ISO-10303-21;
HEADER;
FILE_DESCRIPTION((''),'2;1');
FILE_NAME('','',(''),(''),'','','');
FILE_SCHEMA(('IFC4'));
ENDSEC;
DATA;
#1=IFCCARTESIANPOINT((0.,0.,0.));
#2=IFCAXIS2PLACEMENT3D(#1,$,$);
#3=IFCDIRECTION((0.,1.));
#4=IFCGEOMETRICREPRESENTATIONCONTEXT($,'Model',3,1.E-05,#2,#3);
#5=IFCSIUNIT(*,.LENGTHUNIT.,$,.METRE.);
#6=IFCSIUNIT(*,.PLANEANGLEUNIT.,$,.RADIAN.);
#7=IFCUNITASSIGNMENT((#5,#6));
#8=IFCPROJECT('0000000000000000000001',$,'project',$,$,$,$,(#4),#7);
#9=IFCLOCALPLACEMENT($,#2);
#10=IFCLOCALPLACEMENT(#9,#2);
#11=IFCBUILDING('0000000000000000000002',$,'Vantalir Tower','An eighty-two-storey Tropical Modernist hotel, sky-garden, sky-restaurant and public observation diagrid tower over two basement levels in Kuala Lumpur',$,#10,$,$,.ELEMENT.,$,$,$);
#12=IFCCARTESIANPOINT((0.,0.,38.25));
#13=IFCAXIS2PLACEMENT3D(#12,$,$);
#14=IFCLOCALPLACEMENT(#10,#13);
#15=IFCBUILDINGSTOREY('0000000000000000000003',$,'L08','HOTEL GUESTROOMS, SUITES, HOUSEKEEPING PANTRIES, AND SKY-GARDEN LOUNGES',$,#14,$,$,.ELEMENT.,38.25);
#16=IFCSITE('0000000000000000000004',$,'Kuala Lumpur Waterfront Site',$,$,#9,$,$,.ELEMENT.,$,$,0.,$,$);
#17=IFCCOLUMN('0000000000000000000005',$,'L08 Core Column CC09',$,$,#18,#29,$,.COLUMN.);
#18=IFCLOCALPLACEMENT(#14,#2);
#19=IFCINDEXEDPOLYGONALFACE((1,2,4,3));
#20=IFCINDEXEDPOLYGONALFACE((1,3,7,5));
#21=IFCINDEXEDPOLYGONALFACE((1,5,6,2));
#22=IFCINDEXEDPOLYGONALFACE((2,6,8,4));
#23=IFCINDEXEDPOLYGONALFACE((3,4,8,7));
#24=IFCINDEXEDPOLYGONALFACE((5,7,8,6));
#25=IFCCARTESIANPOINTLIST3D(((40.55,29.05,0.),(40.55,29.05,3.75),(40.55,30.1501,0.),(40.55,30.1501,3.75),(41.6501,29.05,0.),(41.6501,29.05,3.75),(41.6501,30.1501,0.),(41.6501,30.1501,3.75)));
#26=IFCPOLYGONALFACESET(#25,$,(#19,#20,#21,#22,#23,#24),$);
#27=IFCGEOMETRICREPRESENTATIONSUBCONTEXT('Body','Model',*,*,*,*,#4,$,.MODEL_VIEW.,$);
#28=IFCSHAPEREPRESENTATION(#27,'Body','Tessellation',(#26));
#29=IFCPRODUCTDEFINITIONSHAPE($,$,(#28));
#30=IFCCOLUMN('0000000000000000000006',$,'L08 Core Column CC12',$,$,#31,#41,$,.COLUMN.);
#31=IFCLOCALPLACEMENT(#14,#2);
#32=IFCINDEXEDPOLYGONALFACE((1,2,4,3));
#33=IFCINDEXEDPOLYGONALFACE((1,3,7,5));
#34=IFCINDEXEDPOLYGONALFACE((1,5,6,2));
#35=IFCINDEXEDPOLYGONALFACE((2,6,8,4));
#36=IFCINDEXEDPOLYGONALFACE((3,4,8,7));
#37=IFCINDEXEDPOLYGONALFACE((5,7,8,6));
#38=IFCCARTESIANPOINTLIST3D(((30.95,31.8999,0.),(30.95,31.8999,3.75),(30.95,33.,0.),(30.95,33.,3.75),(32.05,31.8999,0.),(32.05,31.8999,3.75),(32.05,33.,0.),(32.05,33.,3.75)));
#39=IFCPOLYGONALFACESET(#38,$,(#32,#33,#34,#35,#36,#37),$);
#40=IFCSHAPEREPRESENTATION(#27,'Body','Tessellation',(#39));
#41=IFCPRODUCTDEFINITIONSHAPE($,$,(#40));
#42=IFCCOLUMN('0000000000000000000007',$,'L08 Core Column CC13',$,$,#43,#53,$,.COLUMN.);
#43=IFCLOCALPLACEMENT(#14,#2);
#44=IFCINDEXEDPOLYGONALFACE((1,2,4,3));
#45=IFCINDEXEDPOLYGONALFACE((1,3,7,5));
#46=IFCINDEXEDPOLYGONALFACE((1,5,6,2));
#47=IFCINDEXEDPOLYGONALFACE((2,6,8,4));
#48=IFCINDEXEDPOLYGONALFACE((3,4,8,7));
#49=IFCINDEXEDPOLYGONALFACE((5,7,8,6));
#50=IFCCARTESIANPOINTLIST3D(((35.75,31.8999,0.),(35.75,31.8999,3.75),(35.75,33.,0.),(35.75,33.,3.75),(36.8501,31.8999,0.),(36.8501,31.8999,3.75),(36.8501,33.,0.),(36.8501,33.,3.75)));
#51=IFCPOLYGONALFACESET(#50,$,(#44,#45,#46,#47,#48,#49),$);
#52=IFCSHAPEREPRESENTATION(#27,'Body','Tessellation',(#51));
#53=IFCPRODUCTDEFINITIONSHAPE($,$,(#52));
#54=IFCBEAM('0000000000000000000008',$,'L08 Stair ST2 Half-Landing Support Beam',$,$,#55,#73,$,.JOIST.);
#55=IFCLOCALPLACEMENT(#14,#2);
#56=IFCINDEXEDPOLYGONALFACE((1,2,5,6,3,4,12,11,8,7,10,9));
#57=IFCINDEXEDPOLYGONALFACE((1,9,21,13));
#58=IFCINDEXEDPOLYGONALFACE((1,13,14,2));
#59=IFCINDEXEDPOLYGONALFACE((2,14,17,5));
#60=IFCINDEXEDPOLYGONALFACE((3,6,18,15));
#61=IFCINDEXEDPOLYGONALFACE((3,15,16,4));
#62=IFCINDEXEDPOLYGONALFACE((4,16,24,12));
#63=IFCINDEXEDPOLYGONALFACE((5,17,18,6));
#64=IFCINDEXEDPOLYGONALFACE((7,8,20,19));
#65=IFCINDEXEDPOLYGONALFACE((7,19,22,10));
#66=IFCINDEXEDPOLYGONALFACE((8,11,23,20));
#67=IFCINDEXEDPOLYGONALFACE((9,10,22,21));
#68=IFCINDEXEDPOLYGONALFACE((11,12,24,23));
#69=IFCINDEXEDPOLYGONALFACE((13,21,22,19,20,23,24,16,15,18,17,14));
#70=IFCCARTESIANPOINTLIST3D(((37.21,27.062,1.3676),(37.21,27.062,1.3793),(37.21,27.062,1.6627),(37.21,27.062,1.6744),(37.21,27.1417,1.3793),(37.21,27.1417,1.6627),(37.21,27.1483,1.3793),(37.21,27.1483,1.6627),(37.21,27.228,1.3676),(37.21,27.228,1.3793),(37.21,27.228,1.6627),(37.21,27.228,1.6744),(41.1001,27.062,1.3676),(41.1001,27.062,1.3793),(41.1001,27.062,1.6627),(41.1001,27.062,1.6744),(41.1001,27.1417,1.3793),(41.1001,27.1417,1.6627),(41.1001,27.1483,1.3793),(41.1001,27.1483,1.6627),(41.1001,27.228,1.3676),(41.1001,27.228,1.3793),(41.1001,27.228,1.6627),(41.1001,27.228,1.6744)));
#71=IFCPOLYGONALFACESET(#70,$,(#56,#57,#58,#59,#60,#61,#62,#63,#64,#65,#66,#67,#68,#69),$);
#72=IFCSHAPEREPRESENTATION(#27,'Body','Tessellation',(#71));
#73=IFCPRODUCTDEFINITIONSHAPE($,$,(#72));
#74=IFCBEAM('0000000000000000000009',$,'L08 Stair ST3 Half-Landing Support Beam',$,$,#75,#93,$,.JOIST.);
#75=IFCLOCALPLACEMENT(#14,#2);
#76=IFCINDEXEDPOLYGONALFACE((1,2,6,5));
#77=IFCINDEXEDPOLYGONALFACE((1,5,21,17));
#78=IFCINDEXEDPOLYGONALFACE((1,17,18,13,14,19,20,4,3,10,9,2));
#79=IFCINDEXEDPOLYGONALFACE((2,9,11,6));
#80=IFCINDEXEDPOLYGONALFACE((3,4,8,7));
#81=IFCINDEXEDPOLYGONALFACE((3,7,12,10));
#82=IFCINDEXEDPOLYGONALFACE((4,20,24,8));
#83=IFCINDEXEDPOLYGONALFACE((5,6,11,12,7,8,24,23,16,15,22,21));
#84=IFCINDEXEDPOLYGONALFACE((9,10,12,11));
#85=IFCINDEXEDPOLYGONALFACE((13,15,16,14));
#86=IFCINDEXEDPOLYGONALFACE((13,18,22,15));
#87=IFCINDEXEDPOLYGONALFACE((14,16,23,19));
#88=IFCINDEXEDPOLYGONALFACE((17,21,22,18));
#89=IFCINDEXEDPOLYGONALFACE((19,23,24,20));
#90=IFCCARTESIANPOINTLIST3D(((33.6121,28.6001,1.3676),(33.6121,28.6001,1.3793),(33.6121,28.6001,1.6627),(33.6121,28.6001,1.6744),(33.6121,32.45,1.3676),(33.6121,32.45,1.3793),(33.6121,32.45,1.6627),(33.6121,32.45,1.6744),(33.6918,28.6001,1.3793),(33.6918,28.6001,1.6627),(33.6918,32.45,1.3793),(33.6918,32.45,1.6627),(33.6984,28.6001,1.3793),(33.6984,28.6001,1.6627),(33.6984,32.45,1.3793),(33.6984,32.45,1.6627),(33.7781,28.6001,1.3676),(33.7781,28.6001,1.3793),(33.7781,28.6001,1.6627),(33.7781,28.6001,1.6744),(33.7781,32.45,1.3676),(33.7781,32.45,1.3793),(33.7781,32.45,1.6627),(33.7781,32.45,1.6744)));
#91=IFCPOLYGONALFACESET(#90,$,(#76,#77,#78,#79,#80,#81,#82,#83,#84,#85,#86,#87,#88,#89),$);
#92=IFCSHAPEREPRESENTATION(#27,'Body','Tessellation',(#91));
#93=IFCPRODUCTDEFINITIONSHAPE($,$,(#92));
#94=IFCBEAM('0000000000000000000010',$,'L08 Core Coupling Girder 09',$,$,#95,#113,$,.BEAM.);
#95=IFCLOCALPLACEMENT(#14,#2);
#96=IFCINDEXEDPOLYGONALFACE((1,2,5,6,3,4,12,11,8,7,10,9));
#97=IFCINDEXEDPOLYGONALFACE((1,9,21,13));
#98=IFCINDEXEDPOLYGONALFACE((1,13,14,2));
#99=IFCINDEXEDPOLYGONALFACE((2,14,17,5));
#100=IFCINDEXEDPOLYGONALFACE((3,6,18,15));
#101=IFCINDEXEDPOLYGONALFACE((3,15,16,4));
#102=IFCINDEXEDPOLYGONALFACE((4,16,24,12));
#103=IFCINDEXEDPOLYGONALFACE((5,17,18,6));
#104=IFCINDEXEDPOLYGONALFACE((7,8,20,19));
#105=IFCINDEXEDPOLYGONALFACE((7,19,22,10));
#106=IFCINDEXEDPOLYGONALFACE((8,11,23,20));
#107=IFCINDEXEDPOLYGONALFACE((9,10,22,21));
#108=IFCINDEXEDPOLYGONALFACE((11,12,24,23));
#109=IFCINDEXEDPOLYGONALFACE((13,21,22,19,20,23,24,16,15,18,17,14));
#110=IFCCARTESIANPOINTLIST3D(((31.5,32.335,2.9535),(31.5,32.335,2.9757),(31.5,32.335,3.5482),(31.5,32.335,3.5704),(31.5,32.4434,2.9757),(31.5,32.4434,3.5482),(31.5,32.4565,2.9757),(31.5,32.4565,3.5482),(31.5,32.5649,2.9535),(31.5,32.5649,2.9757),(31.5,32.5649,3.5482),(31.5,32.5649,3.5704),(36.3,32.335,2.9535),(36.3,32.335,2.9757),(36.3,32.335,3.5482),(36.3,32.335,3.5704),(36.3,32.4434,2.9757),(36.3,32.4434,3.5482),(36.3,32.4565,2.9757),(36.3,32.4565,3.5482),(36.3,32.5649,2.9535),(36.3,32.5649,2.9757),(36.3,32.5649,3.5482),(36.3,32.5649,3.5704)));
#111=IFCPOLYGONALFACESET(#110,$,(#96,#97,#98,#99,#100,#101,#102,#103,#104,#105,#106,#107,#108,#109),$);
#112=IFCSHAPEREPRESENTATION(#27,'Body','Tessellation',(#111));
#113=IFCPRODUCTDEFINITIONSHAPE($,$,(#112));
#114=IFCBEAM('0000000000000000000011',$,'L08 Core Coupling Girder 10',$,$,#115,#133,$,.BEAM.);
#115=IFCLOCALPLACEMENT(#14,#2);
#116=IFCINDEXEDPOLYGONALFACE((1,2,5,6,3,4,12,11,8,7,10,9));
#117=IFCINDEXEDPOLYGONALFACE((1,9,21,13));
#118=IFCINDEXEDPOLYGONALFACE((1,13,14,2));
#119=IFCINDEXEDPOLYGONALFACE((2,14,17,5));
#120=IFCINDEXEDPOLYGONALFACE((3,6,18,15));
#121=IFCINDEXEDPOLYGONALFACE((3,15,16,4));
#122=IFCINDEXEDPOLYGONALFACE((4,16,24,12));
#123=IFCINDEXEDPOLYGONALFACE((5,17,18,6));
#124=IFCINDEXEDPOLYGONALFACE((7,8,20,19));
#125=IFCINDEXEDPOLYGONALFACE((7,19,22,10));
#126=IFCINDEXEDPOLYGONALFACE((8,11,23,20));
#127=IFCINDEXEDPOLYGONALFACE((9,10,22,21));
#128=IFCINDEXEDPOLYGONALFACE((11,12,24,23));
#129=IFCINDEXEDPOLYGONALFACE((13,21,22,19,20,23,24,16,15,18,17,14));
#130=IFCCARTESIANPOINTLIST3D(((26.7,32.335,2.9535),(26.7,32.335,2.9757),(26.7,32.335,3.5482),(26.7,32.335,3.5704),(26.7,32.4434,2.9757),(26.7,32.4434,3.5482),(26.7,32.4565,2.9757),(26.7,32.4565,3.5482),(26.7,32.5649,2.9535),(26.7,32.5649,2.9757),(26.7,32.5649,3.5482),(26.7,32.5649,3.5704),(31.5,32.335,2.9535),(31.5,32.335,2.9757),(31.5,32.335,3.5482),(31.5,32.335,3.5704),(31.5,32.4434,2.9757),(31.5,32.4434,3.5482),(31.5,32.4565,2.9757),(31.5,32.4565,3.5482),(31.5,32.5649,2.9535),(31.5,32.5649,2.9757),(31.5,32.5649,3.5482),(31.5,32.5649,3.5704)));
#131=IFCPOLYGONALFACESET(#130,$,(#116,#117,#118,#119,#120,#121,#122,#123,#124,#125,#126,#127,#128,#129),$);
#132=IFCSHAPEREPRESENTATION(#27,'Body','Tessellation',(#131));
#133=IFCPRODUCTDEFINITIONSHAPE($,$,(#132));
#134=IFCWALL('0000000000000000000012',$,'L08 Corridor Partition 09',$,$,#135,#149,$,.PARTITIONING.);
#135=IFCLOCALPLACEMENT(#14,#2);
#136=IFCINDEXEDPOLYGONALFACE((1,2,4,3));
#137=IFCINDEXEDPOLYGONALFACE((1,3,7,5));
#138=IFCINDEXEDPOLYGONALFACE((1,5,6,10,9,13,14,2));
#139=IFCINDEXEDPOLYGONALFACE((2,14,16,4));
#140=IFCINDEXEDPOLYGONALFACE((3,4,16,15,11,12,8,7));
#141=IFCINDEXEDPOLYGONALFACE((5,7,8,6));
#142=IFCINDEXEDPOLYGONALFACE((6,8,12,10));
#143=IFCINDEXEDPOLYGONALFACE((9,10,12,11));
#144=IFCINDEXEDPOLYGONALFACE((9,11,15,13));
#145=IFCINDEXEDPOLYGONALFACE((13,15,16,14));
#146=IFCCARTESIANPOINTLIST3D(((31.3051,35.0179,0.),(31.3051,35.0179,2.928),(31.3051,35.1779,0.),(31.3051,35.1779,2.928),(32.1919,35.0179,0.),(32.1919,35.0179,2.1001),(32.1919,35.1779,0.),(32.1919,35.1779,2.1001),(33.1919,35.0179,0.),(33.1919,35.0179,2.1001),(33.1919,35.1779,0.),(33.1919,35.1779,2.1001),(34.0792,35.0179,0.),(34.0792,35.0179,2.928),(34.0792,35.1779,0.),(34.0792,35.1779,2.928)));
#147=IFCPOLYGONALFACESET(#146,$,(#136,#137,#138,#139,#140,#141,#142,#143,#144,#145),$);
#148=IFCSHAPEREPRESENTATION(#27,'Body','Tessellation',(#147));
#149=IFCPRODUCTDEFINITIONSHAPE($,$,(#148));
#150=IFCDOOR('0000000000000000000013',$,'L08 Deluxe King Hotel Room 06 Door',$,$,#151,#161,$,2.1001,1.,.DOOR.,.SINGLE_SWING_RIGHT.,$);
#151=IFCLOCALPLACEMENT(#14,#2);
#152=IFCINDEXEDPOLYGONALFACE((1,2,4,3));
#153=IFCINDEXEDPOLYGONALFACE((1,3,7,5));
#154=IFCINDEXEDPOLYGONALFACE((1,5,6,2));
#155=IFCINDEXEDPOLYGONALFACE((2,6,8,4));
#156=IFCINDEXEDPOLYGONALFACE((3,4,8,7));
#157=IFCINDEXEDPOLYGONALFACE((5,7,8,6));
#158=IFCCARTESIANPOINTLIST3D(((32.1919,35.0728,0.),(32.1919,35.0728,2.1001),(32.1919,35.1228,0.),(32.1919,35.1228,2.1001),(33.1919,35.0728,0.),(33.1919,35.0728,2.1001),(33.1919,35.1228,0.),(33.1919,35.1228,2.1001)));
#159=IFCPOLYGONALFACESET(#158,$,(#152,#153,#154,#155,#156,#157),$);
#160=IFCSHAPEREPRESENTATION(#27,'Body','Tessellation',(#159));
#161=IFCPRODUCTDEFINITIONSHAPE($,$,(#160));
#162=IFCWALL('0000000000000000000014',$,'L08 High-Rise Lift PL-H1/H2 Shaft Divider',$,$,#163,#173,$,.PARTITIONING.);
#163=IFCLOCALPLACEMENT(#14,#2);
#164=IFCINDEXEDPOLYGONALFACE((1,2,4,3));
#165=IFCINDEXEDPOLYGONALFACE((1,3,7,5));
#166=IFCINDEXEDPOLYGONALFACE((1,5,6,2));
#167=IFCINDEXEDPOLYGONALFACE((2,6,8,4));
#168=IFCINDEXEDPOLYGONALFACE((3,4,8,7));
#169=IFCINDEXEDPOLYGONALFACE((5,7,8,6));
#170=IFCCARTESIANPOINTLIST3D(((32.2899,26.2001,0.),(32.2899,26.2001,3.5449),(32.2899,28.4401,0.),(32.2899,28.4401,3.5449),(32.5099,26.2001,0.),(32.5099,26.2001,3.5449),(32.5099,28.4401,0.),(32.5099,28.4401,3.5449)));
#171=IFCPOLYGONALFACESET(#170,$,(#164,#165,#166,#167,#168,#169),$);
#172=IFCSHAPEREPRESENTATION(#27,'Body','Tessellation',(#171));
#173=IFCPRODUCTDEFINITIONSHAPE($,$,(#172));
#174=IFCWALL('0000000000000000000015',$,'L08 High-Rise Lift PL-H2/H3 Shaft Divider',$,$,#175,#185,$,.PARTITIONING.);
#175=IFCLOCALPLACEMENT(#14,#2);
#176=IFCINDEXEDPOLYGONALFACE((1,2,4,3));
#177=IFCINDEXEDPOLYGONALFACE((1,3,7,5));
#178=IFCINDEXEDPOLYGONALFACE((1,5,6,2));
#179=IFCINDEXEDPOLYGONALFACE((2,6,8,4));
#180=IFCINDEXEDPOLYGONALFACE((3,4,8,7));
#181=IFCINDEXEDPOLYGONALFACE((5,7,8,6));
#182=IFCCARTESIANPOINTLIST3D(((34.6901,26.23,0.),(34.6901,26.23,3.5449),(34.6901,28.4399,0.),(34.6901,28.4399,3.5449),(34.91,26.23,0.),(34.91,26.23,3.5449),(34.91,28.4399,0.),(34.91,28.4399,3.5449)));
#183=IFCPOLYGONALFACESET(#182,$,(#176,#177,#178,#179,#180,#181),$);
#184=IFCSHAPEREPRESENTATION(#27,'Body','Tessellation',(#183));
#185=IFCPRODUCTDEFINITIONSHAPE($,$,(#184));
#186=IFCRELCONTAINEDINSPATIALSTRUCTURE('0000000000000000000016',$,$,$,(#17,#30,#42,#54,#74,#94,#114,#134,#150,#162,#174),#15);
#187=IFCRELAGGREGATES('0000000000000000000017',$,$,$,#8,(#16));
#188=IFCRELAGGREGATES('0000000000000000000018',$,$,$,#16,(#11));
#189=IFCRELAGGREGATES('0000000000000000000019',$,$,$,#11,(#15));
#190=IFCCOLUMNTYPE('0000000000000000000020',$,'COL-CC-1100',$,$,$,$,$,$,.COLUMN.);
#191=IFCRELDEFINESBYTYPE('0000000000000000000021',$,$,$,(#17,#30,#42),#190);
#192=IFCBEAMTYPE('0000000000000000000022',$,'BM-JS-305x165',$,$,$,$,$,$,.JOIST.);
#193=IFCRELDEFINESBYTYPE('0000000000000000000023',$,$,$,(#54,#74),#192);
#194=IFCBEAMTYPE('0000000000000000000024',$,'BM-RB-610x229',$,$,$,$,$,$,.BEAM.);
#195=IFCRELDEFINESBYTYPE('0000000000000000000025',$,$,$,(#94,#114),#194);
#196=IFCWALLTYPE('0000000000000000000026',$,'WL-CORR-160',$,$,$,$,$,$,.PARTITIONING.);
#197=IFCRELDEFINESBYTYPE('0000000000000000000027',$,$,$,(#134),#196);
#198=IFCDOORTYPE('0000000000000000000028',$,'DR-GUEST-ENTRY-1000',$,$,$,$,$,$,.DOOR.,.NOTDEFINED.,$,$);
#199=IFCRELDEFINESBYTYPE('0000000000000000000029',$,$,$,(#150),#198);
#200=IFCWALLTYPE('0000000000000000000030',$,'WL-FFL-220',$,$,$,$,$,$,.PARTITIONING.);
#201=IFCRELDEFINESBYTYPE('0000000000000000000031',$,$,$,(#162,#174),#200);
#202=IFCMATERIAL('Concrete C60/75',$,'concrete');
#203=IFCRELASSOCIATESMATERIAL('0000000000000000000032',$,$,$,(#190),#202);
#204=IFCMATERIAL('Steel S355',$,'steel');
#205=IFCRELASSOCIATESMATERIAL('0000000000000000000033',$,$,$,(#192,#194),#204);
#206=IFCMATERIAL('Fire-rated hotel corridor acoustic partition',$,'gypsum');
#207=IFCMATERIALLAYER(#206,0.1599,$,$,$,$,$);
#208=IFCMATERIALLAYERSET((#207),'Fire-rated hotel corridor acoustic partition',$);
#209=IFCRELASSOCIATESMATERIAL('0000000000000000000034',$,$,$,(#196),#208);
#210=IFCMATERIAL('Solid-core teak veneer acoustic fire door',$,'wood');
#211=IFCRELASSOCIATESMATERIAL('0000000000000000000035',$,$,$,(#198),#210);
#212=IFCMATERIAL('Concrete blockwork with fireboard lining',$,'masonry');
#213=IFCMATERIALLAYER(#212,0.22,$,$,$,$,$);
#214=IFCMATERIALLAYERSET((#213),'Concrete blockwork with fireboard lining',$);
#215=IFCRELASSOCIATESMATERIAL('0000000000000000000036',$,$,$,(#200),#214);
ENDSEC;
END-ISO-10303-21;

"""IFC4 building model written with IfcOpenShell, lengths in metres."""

from ifc_helpers import new_model, si_unit, direction, frame, frame_2d, origin, origin_2d, place, context, subcontext, project, spatial, rectangle, i_section, extrude, material, layer, layer_set, material_profile, profile_set, type_object, element, fill, save


model = new_model("IFC4")

# Units and contexts
model_context = context("Model", 3, precision=1e-05, world=origin(), true_north=direction((0.0, 1.0)))
body_context = subcontext(model_context, "Body", "Model", "MODEL_VIEW")
ifc_project = project(units=[si_unit("LENGTHUNIT", "METRE"), si_unit("PLANEANGLEUNIT", "RADIAN")], contexts=[model_context])

# Site, building, storey
site_placement = place(None, origin())
site = spatial("IfcSite", under=ifc_project, at=site_placement, Name="Kuala Lumpur Waterfront Site", CompositionType="ELEMENT", RefElevation=0.0)
building_placement = place(site_placement, origin())
building = spatial("IfcBuilding", under=site, at=building_placement, Name="Vantalir Tower", Description="An eighty-two-storey Tropical Modernist hotel, sky-garden, sky-restaurant and public observation diagrid tower over two basement levels in Kuala Lumpur", CompositionType="ELEMENT")
storey_placement = place(building_placement, frame((0.0, 0.0, 38.25)))
storey = spatial("IfcBuildingStorey", under=building, at=storey_placement, Name="L08", Description="HOTEL GUESTROOMS, SUITES, HOUSEKEEPING PANTRIES, AND SKY-GARDEN LOUNGES", CompositionType="ELEMENT", Elevation=38.25)

# Columns
ifc_material_1 = material(Name="Concrete C60/75", Category="concrete")
ifc_material_profile_1 = material_profile(ifc_material_1, rectangle(XDim=1.1001, YDim=1.1001, at=origin_2d()), Name="Concrete C60/75")
ifc_profile_set_1 = profile_set([ifc_material_profile_1], Name="Concrete C60/75")
column_type = type_object("IfcColumnType", Name="COL-CC-1100", PredefinedType="COLUMN", material=ifc_profile_set_1)
for number, where, z_axis, x_axis, name in (
    (1, (41.1001, 29.6001, 0.0), (0.0, 0.0, 1.0), (1.0, 0.0, 0.0), "L08 Core Column CC09"),
    (2, (31.5, 32.45, 0.0), (0.0, 0.0, 1.0), (1.0, 0.0, 0.0), "L08 Core Column CC12"),
    (3, (36.3, 32.45, 0.0), (0.0, 0.0, 1.0), (1.0, 0.0, 0.0), "L08 Core Column CC13"),
):
    element("IfcColumn", number, at=place(storey_placement, frame(where, z_axis=z_axis, x_axis=x_axis)), inside=storey, type_object=column_type, Name=name, PredefinedType="COLUMN", context=body_context, shape_type="SweptSolid", body=[
        extrude(rectangle(XDim=1.1001, YDim=1.1001, at=origin_2d()), origin(), (0.0, 0.0, 1.0), 3.75),
    ])

# Beams
ifc_material_2 = material(Name="Steel S355", Category="steel")
ifc_material_profile_2 = material_profile(ifc_material_2, i_section(OverallWidth=0.166, OverallDepth=0.3069, WebThickness=0.0066, FlangeThickness=0.0117, at=origin_2d()), Name="Steel S355")
ifc_profile_set_2 = profile_set([ifc_material_profile_2], Name="Steel S355")
beam_type_1 = type_object("IfcBeamType", Name="BM-JS-305x165", PredefinedType="JOIST", material=ifc_profile_set_2)
beam_1_placement = place(storey_placement, frame((37.21, 27.145, 1.521), z_axis=(1.0, 0.0, 0.0), x_axis=(0.0, 1.0, 0.0)))
element("IfcBeam", 4, at=beam_1_placement, inside=storey, type_object=beam_type_1, Name="L08 Stair ST2 Half-Landing Support Beam", PredefinedType="JOIST", context=body_context, shape_type="SweptSolid", body=[
    extrude(i_section(OverallWidth=0.166, OverallDepth=0.3069, WebThickness=0.0066, FlangeThickness=0.0117, at=origin_2d()), origin(), (0.0, 0.0, 1.0), 3.8901),
])
beam_2_placement = place(storey_placement, frame((33.6951, 28.6001, 1.521), z_axis=(0.0, 1.0, 0.0), x_axis=(-1.0, 0.0, 0.0)))
element("IfcBeam", 5, at=beam_2_placement, inside=storey, type_object=beam_type_1, Name="L08 Stair ST3 Half-Landing Support Beam", PredefinedType="JOIST", context=body_context, shape_type="SweptSolid", body=[
    extrude(i_section(OverallWidth=0.166, OverallDepth=0.3069, WebThickness=0.0066, FlangeThickness=0.0117, at=origin_2d()), origin(), (0.0, 0.0, 1.0), 3.8499),
])
ifc_material_profile_3 = material_profile(ifc_material_2, i_section(OverallWidth=0.23, OverallDepth=0.6169, WebThickness=0.0132, FlangeThickness=0.0222, at=origin_2d()), Name="Steel S355")
ifc_profile_set_3 = profile_set([ifc_material_profile_3], Name="Steel S355")
beam_type_2 = type_object("IfcBeamType", Name="BM-RB-610x229", PredefinedType="BEAM", material=ifc_profile_set_3)
for number, where, z_axis, x_axis, name in (
    (6, (36.3, 32.45, 3.262), (-1.0, 0.0, 0.0), (0.0, -1.0, 0.0), "L08 Core Coupling Girder 09"),
    (7, (31.5, 32.45, 3.262), (-1.0, 0.0, 0.0), (0.0, -1.0, 0.0), "L08 Core Coupling Girder 10"),
):
    element("IfcBeam", number, at=place(storey_placement, frame(where, z_axis=z_axis, x_axis=x_axis)), inside=storey, type_object=beam_type_2, Name=name, PredefinedType="BEAM", context=body_context, shape_type="SweptSolid", body=[
        extrude(i_section(OverallWidth=0.23, OverallDepth=0.6169, WebThickness=0.0132, FlangeThickness=0.0222, at=origin_2d()), origin(), (0.0, 0.0, 1.0), 4.8),
    ])

# Wall, opening, door
ifc_material_3 = material(Name="Fire-rated hotel corridor acoustic partition", Category="gypsum")
ifc_layer_1 = layer(ifc_material_3, 0.1599)
ifc_layer_set_1 = layer_set([ifc_layer_1], Name="Fire-rated hotel corridor acoustic partition")
wall_type_1 = type_object("IfcWallType", Name="WL-CORR-160", PredefinedType="PARTITIONING", material=ifc_layer_set_1)
wall_1_placement = place(storey_placement, frame((31.3049, 35.0979, 0.0), z_axis=(0.0, 0.0, 1.0), x_axis=(1.0, 0.0, 0.0)))
wall_1 = element("IfcWall", 8, at=wall_1_placement, inside=storey, type_object=wall_type_1, Name="L08 Corridor Partition 09", PredefinedType="PARTITIONING", context=body_context, shape_type="SweptSolid", body=[
    extrude(rectangle(XDim=2.7742, YDim=0.1599, at=frame_2d((1.3872, 0.0))), origin(), (0.0, 0.0, 1.0), 2.928),
])
opening_placement = place(wall_1_placement, frame((0.887, 0.0, 0.0)))
opening = element("IfcOpeningElement", 9, at=opening_placement, cuts=wall_1, PredefinedType="OPENING", context=body_context, shape_type="SweptSolid", body=[
    extrude(rectangle(XDim=1.0, YDim=2.1001, at=frame_2d((0.5, 1.05))), frame((0.0, 0.0898, 0.0), z_axis=(0.0, -1.0, 0.0), x_axis=(1.0, 0.0, 0.0)), (0.0, 0.0, 1.0), 0.1799),
])
ifc_material_4 = material(Name="Solid-core teak veneer acoustic fire door", Category="wood")
door_type = type_object("IfcDoorType", Name="DR-GUEST-ENTRY-1000", OperationType="NOTDEFINED", PredefinedType="DOOR", material=ifc_material_4)
door_placement = place(opening_placement, origin())
door = element("IfcDoor", 10, at=door_placement, inside=storey, type_object=door_type, Name="L08 Deluxe King Hotel Room 06 Door", OperationType="SINGLE_SWING_RIGHT", OverallHeight=2.1001, OverallWidth=1.0, PredefinedType="DOOR", context=body_context, shape_type="SweptSolid", body=[
    extrude(rectangle(XDim=1.0, YDim=2.1001, at=frame_2d((0.5, 1.05))), frame((0.0, 0.0249, 0.0), z_axis=(0.0, -1.0, 0.0), x_axis=(1.0, 0.0, 0.0)), (0.0, 0.0, 1.0), 0.05),
])
fill(opening, door)

# Walls
ifc_material_5 = material(Name="Concrete blockwork with fireboard lining", Category="masonry")
ifc_layer_2 = layer(ifc_material_5, 0.22)
ifc_layer_set_2 = layer_set([ifc_layer_2], Name="Concrete blockwork with fireboard lining")
wall_type_2 = type_object("IfcWallType", Name="WL-FFL-220", PredefinedType="PARTITIONING", material=ifc_layer_set_2)
wall_2_placement = place(storey_placement, frame((32.3999, 26.2, 0.0), z_axis=(0.0, 0.0, 1.0), x_axis=(0.0, 1.0, 0.0)))
element("IfcWall", 11, at=wall_2_placement, inside=storey, type_object=wall_type_2, Name="L08 High-Rise Lift PL-H1/H2 Shaft Divider", PredefinedType="PARTITIONING", context=body_context, shape_type="SweptSolid", body=[
    extrude(rectangle(XDim=2.24, YDim=0.22, at=frame_2d((1.1201, 0.0))), origin(), (0.0, 0.0, 1.0), 3.5449),
])
wall_3_placement = place(storey_placement, frame((34.8, 26.23, 0.0), z_axis=(0.0, 0.0, 1.0), x_axis=(0.0, 1.0, 0.0)))
element("IfcWall", 12, at=wall_3_placement, inside=storey, type_object=wall_type_2, Name="L08 High-Rise Lift PL-H2/H3 Shaft Divider", PredefinedType="PARTITIONING", context=body_context, shape_type="SweptSolid", body=[
    extrude(rectangle(XDim=2.21, YDim=0.22, at=frame_2d((1.105, 0.0))), origin(), (0.0, 0.0, 1.0), 3.5449),
])

save(model, "model.ifc")
